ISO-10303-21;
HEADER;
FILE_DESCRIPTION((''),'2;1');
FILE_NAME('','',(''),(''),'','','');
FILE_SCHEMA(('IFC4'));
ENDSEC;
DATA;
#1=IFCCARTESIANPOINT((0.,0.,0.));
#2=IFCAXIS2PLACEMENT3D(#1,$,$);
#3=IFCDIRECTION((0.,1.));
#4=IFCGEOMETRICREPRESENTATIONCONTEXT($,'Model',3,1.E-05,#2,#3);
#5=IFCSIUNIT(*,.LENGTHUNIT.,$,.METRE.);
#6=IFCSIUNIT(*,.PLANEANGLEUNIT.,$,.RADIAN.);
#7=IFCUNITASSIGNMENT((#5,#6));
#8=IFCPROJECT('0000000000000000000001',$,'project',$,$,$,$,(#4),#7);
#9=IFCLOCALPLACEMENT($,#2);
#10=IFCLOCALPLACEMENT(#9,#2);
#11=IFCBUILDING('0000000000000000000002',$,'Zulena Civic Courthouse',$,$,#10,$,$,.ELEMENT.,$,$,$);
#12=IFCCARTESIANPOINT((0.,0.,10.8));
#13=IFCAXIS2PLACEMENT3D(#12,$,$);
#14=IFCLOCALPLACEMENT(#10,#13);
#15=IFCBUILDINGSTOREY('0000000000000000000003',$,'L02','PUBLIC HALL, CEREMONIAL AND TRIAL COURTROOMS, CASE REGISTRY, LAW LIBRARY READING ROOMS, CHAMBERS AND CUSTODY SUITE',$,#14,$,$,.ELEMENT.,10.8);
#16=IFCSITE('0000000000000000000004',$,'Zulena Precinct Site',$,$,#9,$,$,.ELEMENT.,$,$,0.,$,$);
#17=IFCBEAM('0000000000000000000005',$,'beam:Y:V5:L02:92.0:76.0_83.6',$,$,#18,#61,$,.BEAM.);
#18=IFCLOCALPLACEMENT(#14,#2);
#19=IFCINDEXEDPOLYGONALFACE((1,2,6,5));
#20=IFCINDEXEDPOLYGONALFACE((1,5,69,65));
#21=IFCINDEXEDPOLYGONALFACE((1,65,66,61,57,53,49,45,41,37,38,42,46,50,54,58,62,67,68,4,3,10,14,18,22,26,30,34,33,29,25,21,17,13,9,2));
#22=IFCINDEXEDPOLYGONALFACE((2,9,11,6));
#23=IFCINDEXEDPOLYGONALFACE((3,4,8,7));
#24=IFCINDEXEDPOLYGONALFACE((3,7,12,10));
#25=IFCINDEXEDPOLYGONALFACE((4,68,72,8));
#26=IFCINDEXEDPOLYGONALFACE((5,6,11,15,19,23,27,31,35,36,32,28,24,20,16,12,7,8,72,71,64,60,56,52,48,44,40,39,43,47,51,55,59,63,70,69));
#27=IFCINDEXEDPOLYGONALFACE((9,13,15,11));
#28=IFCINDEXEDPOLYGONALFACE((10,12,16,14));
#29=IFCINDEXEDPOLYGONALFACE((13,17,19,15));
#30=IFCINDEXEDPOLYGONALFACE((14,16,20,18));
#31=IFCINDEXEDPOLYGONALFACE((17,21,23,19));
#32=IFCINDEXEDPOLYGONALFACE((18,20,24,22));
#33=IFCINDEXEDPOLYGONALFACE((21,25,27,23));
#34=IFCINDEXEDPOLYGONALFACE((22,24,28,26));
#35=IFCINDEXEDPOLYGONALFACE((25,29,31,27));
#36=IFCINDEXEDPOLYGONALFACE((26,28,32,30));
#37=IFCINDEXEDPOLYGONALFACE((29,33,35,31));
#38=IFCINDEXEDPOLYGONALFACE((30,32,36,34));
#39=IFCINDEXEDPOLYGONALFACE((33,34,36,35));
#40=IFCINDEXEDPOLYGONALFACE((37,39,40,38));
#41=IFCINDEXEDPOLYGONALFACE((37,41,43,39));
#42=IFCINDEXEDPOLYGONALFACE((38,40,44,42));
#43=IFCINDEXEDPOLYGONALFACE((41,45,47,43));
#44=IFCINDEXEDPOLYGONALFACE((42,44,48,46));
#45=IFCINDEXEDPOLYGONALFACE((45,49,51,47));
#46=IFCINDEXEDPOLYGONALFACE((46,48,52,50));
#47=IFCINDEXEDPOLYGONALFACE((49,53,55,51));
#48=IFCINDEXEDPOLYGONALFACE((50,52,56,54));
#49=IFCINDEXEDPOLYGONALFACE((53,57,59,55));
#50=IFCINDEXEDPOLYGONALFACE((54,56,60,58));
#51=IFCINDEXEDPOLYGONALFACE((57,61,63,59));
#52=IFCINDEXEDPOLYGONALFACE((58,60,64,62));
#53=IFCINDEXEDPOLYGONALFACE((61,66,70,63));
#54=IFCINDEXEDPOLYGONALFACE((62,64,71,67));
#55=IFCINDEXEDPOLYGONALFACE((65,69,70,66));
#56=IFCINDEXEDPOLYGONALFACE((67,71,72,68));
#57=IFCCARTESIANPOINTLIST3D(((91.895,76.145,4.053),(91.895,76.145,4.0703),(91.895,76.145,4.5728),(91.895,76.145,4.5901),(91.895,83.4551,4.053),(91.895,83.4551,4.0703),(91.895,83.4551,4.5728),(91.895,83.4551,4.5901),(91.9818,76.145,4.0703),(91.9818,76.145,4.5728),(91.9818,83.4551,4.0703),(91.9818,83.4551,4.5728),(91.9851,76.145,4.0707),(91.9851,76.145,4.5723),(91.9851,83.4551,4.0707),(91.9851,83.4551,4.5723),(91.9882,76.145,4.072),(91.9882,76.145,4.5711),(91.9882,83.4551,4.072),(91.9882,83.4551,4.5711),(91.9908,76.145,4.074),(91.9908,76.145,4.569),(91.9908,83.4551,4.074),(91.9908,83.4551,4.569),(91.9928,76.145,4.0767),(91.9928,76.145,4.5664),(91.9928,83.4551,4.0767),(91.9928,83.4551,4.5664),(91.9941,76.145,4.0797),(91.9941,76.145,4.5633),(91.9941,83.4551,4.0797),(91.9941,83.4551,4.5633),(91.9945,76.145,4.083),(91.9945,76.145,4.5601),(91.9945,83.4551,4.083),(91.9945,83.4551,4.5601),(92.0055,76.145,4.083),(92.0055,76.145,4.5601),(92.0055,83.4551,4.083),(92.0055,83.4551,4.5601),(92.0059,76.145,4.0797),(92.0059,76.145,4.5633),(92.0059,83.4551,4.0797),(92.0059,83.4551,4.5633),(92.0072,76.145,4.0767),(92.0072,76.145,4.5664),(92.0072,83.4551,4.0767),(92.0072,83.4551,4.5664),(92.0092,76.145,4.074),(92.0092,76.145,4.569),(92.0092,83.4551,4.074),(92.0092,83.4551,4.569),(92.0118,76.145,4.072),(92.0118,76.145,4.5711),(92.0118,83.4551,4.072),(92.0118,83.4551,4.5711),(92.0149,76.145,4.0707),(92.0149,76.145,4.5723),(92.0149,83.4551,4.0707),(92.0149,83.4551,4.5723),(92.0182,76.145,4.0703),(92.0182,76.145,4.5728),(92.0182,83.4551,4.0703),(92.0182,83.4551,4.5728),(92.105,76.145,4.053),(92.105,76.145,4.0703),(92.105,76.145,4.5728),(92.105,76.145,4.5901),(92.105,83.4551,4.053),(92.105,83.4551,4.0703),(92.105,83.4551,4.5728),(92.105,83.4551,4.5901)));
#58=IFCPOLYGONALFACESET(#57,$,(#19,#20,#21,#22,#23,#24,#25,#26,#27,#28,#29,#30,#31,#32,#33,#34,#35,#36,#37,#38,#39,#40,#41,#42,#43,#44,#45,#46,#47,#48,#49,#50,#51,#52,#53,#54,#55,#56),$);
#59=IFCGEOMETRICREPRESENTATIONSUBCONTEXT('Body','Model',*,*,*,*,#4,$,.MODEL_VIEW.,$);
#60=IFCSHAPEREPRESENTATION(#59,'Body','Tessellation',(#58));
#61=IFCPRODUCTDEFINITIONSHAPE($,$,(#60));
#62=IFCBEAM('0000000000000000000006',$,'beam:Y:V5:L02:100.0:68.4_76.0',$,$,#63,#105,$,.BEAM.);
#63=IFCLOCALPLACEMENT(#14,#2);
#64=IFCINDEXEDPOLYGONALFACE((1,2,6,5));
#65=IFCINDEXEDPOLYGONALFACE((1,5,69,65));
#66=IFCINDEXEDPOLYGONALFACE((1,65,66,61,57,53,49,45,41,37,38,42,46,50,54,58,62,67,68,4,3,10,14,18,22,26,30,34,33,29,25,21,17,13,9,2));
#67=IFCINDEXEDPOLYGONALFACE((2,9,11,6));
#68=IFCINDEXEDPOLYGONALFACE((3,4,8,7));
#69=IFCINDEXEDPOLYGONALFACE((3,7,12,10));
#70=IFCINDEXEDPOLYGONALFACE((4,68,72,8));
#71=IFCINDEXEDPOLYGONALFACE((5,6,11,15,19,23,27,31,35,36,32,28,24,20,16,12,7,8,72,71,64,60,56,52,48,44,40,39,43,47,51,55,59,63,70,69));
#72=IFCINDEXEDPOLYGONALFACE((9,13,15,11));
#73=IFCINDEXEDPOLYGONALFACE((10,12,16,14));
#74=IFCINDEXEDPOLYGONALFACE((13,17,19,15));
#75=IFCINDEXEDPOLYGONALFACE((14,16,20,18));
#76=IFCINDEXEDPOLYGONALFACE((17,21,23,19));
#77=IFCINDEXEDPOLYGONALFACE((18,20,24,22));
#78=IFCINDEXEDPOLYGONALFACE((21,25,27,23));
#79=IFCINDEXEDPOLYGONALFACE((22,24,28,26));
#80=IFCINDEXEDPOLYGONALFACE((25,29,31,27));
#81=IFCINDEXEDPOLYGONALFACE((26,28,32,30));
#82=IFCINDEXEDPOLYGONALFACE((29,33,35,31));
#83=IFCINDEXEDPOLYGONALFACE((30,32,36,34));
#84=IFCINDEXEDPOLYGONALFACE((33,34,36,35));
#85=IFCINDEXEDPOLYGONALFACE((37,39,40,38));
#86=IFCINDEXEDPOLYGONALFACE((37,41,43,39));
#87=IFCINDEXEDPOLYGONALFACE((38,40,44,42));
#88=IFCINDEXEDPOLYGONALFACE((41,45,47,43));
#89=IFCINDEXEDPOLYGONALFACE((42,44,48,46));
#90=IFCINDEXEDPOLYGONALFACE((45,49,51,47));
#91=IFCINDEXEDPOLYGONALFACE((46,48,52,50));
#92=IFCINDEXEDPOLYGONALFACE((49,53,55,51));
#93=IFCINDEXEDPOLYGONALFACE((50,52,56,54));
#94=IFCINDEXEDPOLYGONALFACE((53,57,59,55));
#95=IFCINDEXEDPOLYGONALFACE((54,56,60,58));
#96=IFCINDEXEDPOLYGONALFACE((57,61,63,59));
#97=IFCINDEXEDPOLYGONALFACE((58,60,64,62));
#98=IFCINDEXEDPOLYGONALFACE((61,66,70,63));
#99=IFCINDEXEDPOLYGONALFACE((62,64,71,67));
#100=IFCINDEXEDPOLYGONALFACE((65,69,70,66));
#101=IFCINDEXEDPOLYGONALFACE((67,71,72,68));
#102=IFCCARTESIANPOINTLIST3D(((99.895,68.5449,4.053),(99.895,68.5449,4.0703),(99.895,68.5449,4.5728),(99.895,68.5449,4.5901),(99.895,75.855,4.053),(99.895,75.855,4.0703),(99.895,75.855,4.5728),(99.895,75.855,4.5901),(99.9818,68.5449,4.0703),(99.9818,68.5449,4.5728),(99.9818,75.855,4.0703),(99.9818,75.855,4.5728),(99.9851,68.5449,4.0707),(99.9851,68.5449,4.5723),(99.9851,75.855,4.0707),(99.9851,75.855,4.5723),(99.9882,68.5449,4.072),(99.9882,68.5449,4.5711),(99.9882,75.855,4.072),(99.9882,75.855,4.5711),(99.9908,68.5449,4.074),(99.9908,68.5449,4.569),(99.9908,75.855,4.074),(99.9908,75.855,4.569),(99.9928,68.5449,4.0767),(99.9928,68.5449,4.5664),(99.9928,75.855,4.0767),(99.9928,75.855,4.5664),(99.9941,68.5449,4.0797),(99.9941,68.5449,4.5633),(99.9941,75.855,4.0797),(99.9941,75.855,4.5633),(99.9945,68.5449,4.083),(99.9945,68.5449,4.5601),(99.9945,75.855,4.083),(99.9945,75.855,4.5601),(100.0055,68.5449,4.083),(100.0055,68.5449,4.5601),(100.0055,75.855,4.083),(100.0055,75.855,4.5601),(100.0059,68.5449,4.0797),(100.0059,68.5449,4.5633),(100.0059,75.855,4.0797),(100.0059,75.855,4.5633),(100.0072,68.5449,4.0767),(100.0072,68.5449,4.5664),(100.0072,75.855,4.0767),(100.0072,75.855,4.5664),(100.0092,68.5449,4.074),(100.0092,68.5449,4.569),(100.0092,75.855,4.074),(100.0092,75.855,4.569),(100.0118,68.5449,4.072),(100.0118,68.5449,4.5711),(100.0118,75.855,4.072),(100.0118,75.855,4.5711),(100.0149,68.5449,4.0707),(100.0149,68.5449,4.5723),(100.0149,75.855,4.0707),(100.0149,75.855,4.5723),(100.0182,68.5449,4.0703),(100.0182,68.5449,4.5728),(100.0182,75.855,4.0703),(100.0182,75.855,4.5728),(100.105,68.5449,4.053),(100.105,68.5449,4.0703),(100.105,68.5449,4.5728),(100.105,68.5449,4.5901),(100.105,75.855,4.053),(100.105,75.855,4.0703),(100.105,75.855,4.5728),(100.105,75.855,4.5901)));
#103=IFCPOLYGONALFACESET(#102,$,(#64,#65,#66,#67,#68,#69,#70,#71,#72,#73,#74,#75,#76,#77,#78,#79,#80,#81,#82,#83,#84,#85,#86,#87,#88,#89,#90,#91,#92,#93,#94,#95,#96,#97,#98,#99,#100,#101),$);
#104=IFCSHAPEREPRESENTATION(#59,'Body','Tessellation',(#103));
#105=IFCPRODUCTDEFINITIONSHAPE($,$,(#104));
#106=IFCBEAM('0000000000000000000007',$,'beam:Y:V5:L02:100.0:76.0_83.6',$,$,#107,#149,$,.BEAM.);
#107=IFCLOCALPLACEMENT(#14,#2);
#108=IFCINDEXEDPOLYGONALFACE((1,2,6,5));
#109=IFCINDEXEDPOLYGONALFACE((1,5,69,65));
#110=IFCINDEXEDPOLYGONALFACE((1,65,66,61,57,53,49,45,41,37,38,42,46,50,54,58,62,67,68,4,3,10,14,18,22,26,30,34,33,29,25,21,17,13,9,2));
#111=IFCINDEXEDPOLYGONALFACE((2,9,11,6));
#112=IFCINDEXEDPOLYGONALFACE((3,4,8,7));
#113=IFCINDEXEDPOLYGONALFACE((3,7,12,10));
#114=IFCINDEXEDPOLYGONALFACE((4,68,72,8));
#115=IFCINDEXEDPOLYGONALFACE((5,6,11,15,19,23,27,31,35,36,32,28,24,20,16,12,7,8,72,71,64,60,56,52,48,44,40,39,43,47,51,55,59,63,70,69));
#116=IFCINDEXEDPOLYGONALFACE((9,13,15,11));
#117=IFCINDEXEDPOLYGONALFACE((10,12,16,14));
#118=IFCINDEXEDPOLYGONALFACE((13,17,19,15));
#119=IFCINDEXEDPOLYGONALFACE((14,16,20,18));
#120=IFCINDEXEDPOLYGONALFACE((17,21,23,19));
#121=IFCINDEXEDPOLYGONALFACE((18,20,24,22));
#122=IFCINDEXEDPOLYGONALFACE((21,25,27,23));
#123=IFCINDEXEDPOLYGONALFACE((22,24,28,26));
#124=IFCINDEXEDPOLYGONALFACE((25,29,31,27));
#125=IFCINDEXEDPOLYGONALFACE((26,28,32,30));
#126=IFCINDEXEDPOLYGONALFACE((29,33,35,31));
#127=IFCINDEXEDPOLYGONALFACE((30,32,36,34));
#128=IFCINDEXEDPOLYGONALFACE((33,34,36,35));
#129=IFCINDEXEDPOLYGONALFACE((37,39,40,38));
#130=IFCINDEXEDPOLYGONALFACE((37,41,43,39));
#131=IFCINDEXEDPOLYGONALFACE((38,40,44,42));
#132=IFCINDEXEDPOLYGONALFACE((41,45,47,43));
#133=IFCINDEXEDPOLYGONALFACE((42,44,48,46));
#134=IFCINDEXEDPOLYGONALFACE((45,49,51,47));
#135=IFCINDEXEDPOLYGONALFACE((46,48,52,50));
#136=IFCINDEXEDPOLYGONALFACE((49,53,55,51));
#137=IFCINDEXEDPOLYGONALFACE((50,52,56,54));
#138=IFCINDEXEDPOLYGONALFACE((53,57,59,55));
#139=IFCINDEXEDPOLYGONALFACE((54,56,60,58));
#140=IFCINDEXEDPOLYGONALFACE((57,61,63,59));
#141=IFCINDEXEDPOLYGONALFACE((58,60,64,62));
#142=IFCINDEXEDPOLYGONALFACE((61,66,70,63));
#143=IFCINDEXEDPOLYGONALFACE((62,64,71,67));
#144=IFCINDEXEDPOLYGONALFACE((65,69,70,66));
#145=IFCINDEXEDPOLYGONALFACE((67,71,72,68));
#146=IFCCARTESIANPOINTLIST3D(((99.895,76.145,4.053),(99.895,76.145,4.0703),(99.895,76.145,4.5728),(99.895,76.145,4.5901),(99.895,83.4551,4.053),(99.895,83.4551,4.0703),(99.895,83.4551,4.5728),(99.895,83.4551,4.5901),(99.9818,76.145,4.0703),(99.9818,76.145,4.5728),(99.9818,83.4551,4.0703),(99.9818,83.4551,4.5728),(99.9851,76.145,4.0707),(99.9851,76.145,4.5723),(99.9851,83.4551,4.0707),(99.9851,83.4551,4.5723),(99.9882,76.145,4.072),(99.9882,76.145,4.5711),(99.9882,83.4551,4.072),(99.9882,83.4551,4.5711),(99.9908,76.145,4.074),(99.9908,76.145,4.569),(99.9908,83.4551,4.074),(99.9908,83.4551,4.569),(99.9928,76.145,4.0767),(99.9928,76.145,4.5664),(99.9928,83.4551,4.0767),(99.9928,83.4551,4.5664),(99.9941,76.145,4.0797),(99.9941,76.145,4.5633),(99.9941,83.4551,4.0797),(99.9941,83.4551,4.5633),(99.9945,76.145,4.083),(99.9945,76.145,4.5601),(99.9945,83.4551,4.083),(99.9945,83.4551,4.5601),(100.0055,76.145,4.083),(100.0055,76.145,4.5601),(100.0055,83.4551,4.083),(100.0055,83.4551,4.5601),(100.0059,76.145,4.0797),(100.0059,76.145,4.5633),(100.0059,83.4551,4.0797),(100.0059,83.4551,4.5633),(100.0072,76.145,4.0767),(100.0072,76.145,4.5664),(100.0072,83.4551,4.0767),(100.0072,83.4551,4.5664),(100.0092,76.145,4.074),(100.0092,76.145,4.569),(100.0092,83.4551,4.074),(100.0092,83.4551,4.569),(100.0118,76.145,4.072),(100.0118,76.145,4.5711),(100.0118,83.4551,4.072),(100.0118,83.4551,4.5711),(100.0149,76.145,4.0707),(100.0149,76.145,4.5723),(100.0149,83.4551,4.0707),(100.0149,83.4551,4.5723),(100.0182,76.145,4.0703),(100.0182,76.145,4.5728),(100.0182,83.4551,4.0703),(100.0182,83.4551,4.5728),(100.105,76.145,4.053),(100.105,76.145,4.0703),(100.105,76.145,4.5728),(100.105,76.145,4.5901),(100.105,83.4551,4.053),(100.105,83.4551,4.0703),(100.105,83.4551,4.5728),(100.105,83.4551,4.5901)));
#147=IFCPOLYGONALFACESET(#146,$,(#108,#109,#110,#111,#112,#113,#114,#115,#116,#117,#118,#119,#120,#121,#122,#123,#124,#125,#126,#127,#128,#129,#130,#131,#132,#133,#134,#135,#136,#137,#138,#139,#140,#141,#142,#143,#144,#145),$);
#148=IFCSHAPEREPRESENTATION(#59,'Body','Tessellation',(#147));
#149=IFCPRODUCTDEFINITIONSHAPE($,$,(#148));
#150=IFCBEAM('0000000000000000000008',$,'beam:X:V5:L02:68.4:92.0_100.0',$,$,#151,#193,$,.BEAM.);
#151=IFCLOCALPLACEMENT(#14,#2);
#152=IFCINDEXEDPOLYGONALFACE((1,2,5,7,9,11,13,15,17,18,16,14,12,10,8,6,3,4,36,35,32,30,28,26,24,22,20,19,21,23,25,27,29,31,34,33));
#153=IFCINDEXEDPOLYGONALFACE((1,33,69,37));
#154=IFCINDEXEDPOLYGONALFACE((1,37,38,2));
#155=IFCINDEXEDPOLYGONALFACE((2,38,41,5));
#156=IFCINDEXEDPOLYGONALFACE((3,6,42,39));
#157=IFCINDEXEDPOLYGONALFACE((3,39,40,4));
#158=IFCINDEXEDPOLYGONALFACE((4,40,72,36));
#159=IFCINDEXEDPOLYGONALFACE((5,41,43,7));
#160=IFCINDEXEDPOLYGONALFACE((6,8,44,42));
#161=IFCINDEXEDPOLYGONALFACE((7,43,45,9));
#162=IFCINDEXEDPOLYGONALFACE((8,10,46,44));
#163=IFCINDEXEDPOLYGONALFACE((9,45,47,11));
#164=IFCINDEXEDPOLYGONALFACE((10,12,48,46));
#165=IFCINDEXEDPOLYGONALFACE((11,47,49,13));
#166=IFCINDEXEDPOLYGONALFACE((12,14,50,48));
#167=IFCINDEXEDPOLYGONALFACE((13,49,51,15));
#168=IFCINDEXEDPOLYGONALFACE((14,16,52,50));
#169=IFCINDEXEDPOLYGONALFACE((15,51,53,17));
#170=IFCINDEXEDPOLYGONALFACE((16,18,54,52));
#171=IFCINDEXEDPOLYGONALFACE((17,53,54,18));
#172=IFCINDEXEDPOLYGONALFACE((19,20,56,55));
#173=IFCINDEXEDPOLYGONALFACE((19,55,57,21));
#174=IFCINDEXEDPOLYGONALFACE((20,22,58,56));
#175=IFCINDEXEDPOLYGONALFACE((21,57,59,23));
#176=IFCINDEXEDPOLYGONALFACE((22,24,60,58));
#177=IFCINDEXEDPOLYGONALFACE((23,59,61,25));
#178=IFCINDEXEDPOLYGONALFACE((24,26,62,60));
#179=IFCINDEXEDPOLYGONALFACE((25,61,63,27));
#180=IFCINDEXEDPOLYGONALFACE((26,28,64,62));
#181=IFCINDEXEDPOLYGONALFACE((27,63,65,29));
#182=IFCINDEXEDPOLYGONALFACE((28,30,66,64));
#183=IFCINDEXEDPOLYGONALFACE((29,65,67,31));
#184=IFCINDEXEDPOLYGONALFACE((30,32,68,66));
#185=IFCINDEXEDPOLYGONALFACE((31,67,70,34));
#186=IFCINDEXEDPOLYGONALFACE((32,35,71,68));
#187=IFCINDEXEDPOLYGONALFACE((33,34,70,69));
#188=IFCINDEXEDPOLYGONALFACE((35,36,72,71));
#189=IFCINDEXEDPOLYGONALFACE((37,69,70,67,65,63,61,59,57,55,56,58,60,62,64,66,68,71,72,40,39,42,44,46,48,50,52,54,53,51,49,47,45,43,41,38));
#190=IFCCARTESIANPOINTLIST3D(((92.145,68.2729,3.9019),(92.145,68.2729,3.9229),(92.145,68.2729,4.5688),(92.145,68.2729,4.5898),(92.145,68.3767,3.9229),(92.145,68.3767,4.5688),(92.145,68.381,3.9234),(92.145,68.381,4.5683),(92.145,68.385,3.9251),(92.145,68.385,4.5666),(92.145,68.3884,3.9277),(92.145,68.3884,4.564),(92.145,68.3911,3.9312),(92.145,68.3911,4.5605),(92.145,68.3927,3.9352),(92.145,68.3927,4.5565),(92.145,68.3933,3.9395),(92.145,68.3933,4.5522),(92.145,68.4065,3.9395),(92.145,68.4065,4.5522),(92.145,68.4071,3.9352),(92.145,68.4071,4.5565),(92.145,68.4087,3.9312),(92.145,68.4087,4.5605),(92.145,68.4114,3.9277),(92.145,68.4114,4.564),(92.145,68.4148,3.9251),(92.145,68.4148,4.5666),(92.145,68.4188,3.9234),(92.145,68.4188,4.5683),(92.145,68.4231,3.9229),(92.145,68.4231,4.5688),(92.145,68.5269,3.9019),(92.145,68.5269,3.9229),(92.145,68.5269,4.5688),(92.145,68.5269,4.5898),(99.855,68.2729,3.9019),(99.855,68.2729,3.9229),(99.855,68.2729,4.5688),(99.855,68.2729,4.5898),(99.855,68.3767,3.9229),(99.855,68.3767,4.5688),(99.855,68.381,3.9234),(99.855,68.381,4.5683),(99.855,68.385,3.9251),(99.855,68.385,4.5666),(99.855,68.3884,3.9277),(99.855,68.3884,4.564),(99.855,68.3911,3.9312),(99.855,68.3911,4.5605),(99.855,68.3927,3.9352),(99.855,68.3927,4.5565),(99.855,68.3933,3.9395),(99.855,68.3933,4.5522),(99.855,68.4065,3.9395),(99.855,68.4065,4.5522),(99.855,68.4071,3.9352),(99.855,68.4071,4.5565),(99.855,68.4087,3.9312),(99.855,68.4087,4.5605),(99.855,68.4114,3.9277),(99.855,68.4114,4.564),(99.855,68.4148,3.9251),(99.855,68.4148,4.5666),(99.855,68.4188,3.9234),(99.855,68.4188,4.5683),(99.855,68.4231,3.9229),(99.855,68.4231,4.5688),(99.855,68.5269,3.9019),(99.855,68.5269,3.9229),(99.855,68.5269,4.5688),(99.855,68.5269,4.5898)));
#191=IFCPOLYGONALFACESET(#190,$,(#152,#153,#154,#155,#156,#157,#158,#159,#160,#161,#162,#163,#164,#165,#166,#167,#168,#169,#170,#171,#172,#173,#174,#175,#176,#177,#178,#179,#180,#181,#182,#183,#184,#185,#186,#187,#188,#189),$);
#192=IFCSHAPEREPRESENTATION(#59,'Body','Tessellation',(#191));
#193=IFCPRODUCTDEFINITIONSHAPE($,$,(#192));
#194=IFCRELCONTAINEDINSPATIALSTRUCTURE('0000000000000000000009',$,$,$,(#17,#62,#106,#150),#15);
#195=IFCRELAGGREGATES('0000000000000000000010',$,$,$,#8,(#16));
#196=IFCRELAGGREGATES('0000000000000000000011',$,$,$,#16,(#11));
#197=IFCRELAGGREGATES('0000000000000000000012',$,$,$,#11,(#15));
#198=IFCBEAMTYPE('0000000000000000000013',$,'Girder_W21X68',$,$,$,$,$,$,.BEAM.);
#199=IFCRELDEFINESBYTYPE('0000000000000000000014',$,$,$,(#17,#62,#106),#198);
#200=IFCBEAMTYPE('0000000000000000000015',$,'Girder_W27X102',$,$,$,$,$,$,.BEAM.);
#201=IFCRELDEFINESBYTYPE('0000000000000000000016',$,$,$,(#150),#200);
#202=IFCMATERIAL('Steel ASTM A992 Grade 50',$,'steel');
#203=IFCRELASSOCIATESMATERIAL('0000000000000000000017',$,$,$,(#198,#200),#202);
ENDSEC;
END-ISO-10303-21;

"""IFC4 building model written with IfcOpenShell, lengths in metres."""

from ifc_helpers import new_model, si_unit, direction, frame, origin, origin_2d, place, context, subcontext, project, spatial, i_section, extrude, material, material_profile, profile_set, type_object, element, save


model = new_model("IFC4")

# Units and contexts
model_context = context("Model", 3, precision=1e-05, world=origin(), true_north=direction((0.0, 1.0)))
body_context = subcontext(model_context, "Body", "Model", "MODEL_VIEW")
ifc_project = project(units=[si_unit("LENGTHUNIT", "METRE"), si_unit("PLANEANGLEUNIT", "RADIAN")], contexts=[model_context])

# Site, building, storey
site_placement = place(None, origin())
site = spatial("IfcSite", under=ifc_project, at=site_placement, Name="Zulena Precinct Site", CompositionType="ELEMENT", RefElevation=0.0)
building_placement = place(site_placement, origin())
building = spatial("IfcBuilding", under=site, at=building_placement, Name="Zulena Civic Courthouse", CompositionType="ELEMENT")
storey_placement = place(building_placement, frame((0.0, 0.0, 10.8)))
storey = spatial("IfcBuildingStorey", under=building, at=storey_placement, Name="L02", Description="PUBLIC HALL, CEREMONIAL AND TRIAL COURTROOMS, CASE REGISTRY, LAW LIBRARY READING ROOMS, CHAMBERS AND CUSTODY SUITE", CompositionType="ELEMENT", Elevation=10.8)

# Shared definitions
ifc_material_1 = material(Name="Steel ASTM A992 Grade 50", Category="steel")

# Beams
ifc_material_profile_1 = material_profile(ifc_material_1, i_section(OverallWidth=0.21, OverallDepth=0.5371, WebThickness=0.011, FlangeThickness=0.0173, FilletRadius=0.0127, at=origin_2d()), Name="W21X68")
ifc_profile_set_1 = profile_set([ifc_material_profile_1], Name="Steel ASTM A992 Grade 50")
beam_type_1 = type_object("IfcBeamType", Name="Girder_W21X68", PredefinedType="BEAM", material=ifc_profile_set_1)
for number, where, z_axis, x_axis, name in (
    (1, (92.0, 76.145, 4.3215), (0.0, 1.0, 0.0), (-1.0, 0.0, 0.0), "beam:Y:V5:L02:92.0:76.0_83.6"),
    (2, (100.0, 68.5449, 4.3215), (0.0, 1.0, 0.0), (-1.0, 0.0, 0.0), "beam:Y:V5:L02:100.0:68.4_76.0"),
    (3, (100.0, 76.145, 4.3215), (0.0, 1.0, 0.0), (-1.0, 0.0, 0.0), "beam:Y:V5:L02:100.0:76.0_83.6"),
):
    element("IfcBeam", number, at=place(storey_placement, frame(where, z_axis=z_axis, x_axis=x_axis)), inside=storey, type_object=beam_type_1, Name=name, PredefinedType="BEAM", context=body_context, shape_type="SweptSolid", body=[
        extrude(i_section(OverallWidth=0.21, OverallDepth=0.5371, WebThickness=0.011, FlangeThickness=0.0173, FilletRadius=0.0127, at=origin_2d()), origin(), (0.0, 0.0, 1.0), 7.3101),
    ])
ifc_material_profile_2 = material_profile(ifc_material_1, i_section(OverallWidth=0.2539, OverallDepth=0.688, WebThickness=0.0132, FlangeThickness=0.021, FilletRadius=0.0166, at=origin_2d()), Name="W27X102")
ifc_profile_set_2 = profile_set([ifc_material_profile_2], Name="Steel ASTM A992 Grade 50")
beam_type_2 = type_object("IfcBeamType", Name="Girder_W27X102", PredefinedType="BEAM", material=ifc_profile_set_2)
for number, where, z_axis, x_axis, name in (
    (4, (92.145, 68.3999, 4.2458), (1.0, 0.0, 0.0), (0.0, 1.0, 0.0), "beam:X:V5:L02:68.4:92.0_100.0"),
):
    element("IfcBeam", number, at=place(storey_placement, frame(where, z_axis=z_axis, x_axis=x_axis)), inside=storey, type_object=beam_type_2, Name=name, PredefinedType="BEAM", context=body_context, shape_type="SweptSolid", body=[
        extrude(i_section(OverallWidth=0.2539, OverallDepth=0.688, WebThickness=0.0132, FlangeThickness=0.021, FilletRadius=0.0166, at=origin_2d()), origin(), (0.0, 0.0, 1.0), 7.71),
    ])

save(model, "model.ifc")
